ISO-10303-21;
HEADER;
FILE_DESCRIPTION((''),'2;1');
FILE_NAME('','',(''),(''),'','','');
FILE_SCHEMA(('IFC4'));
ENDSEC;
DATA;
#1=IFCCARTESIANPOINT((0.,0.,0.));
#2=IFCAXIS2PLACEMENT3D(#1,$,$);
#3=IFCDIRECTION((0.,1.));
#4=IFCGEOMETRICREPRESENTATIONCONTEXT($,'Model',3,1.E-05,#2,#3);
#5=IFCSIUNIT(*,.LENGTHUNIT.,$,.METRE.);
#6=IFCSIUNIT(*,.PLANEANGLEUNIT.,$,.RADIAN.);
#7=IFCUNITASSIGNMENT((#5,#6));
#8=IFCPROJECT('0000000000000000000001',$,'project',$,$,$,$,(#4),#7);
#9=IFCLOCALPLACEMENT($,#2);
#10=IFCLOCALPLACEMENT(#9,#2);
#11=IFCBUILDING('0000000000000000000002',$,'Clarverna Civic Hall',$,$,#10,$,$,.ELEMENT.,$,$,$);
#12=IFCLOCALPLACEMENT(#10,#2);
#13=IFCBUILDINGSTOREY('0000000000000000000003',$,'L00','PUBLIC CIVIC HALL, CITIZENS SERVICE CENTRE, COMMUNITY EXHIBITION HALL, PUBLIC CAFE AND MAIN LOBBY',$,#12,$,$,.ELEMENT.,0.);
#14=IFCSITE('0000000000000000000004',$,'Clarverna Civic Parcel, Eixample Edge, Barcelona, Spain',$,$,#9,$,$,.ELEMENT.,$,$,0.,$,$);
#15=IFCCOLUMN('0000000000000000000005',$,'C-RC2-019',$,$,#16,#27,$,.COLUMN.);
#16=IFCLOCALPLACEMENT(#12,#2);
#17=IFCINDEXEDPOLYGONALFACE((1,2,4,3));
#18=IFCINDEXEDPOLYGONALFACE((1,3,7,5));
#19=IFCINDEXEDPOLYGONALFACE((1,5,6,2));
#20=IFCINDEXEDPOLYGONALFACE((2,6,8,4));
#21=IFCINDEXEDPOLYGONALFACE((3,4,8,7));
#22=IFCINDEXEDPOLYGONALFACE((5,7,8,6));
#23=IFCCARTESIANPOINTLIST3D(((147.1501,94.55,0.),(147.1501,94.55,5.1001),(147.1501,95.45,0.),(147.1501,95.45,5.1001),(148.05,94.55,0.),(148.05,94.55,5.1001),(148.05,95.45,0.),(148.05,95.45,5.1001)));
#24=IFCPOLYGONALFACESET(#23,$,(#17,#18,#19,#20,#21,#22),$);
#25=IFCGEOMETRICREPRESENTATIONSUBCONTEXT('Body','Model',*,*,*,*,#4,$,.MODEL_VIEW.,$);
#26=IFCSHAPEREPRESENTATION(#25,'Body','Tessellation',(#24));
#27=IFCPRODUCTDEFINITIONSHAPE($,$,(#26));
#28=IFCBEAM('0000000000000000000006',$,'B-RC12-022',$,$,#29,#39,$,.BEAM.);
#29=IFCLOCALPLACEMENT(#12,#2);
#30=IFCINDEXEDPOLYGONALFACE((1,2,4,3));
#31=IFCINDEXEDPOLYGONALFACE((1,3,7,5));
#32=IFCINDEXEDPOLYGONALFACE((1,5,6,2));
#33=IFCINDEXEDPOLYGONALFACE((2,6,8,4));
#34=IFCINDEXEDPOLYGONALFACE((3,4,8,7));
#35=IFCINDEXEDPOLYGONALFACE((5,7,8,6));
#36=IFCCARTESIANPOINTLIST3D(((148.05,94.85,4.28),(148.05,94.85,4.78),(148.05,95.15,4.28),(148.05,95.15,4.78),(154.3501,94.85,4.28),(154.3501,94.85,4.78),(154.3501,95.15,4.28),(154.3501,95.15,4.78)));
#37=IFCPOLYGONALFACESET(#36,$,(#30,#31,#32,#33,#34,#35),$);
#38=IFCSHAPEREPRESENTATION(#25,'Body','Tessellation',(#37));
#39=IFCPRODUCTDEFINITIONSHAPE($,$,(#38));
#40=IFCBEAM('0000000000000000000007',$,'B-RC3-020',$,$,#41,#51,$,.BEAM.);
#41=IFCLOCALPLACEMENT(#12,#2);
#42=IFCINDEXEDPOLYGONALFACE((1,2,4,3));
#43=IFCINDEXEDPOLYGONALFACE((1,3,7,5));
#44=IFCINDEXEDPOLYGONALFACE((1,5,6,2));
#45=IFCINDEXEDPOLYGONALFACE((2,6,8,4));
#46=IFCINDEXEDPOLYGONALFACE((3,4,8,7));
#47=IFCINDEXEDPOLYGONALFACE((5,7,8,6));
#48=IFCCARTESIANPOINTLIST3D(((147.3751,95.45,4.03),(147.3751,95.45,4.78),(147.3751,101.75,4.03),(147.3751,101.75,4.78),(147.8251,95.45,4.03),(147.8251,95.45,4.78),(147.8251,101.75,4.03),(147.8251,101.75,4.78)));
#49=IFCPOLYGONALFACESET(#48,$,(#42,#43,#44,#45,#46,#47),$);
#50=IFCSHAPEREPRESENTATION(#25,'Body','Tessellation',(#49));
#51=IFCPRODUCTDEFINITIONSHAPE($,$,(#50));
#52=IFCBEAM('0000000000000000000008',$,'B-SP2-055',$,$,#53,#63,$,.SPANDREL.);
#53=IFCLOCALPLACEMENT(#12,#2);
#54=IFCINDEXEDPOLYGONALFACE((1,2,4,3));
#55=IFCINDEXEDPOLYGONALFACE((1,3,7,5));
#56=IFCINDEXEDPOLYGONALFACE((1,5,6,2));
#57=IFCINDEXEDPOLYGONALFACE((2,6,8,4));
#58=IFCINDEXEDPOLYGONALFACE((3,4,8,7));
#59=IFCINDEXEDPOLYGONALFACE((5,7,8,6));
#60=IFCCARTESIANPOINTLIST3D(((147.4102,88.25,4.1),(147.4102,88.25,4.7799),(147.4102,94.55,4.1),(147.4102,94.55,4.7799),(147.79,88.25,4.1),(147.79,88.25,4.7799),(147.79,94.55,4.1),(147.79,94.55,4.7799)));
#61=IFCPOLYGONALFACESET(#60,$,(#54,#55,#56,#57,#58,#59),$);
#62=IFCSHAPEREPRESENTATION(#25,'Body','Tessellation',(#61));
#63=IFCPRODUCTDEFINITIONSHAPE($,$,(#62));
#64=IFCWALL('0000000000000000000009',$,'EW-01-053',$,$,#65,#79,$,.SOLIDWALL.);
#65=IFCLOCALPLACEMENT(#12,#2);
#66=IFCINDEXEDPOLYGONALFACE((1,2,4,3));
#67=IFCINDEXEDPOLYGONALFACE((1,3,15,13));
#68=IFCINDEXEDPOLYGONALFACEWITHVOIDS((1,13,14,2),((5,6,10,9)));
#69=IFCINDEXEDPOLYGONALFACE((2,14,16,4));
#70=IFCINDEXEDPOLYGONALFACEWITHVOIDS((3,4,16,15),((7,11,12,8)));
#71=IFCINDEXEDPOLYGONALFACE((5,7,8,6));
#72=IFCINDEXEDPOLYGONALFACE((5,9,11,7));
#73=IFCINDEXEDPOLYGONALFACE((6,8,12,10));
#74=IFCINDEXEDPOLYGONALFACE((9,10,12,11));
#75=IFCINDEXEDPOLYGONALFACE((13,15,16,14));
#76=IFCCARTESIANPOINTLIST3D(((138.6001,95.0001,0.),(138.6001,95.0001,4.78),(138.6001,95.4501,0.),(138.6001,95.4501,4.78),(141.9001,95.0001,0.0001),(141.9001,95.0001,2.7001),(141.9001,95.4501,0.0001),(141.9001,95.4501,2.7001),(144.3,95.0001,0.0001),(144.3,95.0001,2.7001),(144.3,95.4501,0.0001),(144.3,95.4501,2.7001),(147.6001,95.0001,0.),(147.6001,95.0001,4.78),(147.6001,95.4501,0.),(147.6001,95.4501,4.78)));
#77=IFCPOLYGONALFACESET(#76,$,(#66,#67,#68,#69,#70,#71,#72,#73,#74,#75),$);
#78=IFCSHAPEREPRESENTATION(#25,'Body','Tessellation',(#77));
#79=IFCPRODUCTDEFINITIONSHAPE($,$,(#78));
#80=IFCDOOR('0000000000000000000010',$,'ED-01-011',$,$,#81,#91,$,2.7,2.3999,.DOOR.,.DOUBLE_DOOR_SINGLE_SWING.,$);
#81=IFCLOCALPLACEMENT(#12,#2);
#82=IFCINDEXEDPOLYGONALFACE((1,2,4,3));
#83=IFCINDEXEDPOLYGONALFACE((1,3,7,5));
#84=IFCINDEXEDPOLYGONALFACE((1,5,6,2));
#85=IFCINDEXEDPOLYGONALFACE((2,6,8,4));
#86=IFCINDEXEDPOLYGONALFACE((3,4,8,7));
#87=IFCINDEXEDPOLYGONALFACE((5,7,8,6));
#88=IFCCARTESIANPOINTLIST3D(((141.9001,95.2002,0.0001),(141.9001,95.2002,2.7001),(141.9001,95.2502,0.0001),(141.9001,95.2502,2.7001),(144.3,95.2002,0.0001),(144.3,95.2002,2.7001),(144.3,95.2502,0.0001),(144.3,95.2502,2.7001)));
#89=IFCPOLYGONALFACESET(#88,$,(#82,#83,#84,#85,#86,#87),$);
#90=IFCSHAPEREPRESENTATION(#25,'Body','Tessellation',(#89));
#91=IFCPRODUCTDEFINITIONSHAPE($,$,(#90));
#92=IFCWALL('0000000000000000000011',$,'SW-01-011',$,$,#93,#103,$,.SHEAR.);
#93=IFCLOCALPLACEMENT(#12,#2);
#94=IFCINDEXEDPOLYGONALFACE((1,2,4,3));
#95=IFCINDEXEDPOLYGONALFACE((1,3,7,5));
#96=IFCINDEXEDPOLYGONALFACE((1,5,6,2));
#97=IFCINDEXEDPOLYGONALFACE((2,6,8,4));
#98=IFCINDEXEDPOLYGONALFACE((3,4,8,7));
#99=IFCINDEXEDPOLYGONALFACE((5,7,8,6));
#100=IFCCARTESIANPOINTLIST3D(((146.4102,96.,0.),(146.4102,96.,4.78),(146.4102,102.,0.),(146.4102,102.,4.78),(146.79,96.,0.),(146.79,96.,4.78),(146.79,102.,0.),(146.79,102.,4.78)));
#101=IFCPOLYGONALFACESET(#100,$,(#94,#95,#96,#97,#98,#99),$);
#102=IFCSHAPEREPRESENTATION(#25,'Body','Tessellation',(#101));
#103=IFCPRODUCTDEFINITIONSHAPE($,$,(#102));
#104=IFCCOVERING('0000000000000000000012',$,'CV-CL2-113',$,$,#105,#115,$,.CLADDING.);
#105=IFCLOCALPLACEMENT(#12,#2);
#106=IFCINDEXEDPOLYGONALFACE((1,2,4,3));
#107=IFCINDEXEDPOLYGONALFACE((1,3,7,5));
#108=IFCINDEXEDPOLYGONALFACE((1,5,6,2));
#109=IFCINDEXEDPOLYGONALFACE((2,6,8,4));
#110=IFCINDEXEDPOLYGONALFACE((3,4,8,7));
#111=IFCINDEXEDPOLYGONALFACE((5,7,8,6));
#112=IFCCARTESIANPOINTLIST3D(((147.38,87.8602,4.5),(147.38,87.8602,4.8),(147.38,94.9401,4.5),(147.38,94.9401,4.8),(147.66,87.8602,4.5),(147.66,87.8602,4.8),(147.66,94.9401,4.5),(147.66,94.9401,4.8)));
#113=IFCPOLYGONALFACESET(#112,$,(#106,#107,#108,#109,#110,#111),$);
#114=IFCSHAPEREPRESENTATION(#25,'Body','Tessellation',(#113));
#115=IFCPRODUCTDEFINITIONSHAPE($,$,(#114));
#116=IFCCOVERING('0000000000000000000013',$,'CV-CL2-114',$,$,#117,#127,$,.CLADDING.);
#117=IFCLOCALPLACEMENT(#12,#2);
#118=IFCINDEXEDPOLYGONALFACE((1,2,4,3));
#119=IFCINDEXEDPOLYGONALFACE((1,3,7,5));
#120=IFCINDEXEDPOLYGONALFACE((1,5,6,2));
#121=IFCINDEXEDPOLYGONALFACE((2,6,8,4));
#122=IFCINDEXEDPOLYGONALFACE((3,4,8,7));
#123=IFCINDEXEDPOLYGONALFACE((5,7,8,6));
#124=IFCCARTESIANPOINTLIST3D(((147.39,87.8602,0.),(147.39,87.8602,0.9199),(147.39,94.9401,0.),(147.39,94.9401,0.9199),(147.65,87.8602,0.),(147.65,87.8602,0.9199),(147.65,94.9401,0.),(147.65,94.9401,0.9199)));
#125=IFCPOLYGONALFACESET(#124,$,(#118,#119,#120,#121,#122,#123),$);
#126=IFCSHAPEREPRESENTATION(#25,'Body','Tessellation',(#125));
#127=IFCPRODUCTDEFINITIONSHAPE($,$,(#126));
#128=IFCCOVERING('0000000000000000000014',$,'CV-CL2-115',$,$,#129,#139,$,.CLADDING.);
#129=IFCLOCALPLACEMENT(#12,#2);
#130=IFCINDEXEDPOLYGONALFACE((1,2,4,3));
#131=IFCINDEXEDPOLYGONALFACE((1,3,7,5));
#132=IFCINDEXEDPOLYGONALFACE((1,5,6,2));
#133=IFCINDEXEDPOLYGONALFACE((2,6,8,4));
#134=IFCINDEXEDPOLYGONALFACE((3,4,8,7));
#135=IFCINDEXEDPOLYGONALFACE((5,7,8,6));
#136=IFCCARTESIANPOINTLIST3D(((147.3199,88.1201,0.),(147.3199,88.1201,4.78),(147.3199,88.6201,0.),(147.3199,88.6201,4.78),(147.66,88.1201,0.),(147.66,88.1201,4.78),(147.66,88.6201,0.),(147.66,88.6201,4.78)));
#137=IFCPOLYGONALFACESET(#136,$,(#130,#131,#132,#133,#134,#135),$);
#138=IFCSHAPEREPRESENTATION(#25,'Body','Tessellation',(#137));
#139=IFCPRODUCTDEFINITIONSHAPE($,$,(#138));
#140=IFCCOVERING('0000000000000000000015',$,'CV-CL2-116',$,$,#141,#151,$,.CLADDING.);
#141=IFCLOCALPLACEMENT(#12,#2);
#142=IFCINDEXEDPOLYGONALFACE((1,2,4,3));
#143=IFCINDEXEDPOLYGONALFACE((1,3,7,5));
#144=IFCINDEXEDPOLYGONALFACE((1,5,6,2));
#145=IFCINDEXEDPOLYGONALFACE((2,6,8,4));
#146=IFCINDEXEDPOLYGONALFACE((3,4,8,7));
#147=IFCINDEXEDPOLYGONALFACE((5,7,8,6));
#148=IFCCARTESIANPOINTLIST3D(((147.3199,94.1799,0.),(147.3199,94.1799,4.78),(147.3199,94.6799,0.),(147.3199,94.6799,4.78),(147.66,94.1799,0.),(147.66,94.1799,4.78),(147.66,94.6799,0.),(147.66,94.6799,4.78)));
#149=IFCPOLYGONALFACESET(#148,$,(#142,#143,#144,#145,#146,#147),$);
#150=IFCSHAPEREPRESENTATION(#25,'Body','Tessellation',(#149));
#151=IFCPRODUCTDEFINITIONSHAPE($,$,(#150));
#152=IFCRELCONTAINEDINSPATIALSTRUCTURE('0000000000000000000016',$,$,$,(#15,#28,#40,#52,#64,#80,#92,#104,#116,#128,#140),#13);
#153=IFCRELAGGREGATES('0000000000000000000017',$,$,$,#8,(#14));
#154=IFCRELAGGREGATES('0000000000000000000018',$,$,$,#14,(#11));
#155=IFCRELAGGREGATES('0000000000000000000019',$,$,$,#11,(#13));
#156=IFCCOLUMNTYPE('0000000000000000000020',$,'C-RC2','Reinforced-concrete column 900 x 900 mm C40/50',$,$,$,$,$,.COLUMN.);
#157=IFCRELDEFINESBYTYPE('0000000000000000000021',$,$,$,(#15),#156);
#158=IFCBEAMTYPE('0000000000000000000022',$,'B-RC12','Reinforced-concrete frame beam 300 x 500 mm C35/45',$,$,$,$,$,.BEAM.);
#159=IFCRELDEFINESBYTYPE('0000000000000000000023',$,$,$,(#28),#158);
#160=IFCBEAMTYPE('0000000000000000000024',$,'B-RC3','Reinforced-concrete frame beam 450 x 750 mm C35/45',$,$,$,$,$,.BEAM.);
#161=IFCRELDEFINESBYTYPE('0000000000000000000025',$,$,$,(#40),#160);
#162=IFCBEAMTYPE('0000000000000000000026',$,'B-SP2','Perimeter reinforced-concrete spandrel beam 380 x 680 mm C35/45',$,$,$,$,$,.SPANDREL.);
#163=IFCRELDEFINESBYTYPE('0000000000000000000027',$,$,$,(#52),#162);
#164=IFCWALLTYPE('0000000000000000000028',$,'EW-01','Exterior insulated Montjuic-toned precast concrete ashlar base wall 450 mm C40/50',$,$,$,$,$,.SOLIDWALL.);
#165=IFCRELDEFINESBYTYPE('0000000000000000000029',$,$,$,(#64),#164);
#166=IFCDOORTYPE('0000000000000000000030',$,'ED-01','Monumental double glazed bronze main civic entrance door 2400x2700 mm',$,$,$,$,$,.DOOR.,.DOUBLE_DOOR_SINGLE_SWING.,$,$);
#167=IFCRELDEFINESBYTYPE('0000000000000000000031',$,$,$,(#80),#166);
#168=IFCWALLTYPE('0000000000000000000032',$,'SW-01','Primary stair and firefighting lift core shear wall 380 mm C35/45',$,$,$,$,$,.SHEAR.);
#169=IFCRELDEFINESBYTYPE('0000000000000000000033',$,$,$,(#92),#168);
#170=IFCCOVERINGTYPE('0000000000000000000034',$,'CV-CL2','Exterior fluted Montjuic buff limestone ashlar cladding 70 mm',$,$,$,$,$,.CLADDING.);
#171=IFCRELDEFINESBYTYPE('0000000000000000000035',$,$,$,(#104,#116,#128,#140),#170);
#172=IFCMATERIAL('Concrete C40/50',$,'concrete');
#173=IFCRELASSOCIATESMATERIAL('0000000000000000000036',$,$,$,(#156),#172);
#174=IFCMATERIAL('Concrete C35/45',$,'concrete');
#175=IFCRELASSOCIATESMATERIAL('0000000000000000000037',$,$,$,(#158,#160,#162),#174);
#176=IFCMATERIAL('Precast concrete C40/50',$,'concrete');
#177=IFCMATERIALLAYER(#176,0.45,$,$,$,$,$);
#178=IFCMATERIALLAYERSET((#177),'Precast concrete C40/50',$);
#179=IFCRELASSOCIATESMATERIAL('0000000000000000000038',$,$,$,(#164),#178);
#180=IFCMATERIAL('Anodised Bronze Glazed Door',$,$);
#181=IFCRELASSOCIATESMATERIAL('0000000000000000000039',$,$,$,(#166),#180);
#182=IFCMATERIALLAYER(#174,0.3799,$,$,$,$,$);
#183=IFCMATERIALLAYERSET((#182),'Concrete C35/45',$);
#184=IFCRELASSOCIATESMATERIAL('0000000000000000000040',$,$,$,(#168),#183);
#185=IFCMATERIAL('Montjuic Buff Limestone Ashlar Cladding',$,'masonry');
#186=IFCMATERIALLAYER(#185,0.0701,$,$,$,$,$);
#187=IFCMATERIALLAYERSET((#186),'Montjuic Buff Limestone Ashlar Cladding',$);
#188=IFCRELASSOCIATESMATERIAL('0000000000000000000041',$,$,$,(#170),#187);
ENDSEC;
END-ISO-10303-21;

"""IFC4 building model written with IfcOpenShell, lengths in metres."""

from ifc_helpers import new_model, si_unit, direction, frame, frame_2d, origin, origin_2d, place, context, subcontext, project, spatial, rectangle, extrude, material, layer, layer_set, material_profile, profile_set, type_object, element, fill, save


model = new_model("IFC4")

# Units and contexts
model_context = context("Model", 3, precision=1e-05, world=origin(), true_north=direction((0.0, 1.0)))
body_context = subcontext(model_context, "Body", "Model", "MODEL_VIEW")
ifc_project = project(units=[si_unit("LENGTHUNIT", "METRE"), si_unit("PLANEANGLEUNIT", "RADIAN")], contexts=[model_context])

# Site, building, storey
site_placement = place(None, origin())
site = spatial("IfcSite", under=ifc_project, at=site_placement, Name="Clarverna Civic Parcel, Eixample Edge, Barcelona, Spain", CompositionType="ELEMENT", RefElevation=0.0)
building_placement = place(site_placement, origin())
building = spatial("IfcBuilding", under=site, at=building_placement, Name="Clarverna Civic Hall", CompositionType="ELEMENT")
storey_placement = place(building_placement, origin())
storey = spatial("IfcBuildingStorey", under=building, at=storey_placement, Name="L00", Description="PUBLIC CIVIC HALL, CITIZENS SERVICE CENTRE, COMMUNITY EXHIBITION HALL, PUBLIC CAFE AND MAIN LOBBY", CompositionType="ELEMENT", Elevation=0.0)

# Column
ifc_material_1 = material(Name="Concrete C40/50", Category="concrete")
ifc_material_profile_1 = material_profile(ifc_material_1, rectangle(XDim=0.8999, YDim=0.8999, at=origin_2d()), Name="RC 900x900")
ifc_profile_set_1 = profile_set([ifc_material_profile_1], Name="Concrete C40/50")
column_type = type_object("IfcColumnType", Name="C-RC2", Description="Reinforced-concrete column 900 x 900 mm C40/50", PredefinedType="COLUMN", material=ifc_profile_set_1)
column_placement = place(storey_placement, frame((147.6001, 95.0, 0.0), z_axis=(0.0, 0.0, 1.0), x_axis=(1.0, 0.0, 0.0)))
element("IfcColumn", 1, at=column_placement, inside=storey, type_object=column_type, Name="C-RC2-019", PredefinedType="COLUMN", context=body_context, shape_type="SweptSolid", body=[
    extrude(rectangle(XDim=0.8999, YDim=0.8999, at=origin_2d()), origin(), (0.0, 0.0, 1.0), 5.1001),
])

# Beams
ifc_material_2 = material(Name="Concrete C35/45", Category="concrete")
ifc_material_profile_2 = material_profile(ifc_material_2, rectangle(XDim=0.3, YDim=0.5, at=origin_2d()), Name="RC 300x500")
ifc_profile_set_2 = profile_set([ifc_material_profile_2], Name="Concrete C35/45")
beam_type_1 = type_object("IfcBeamType", Name="B-RC12", Description="Reinforced-concrete frame beam 300 x 500 mm C35/45", PredefinedType="BEAM", material=ifc_profile_set_2)
beam_1_placement = place(storey_placement, frame((148.05, 95.0, 4.53), z_axis=(1.0, 0.0, 0.0), x_axis=(0.0, 1.0, 0.0)))
element("IfcBeam", 2, at=beam_1_placement, inside=storey, type_object=beam_type_1, Name="B-RC12-022", PredefinedType="BEAM", context=body_context, shape_type="SweptSolid", body=[
    extrude(rectangle(XDim=0.3, YDim=0.5, at=origin_2d()), origin(), (0.0, 0.0, 1.0), 6.3),
])
ifc_material_profile_3 = material_profile(ifc_material_2, rectangle(XDim=0.45, YDim=0.75, at=origin_2d()), Name="RC 450x750")
ifc_profile_set_3 = profile_set([ifc_material_profile_3], Name="Concrete C35/45")
beam_type_2 = type_object("IfcBeamType", Name="B-RC3", Description="Reinforced-concrete frame beam 450 x 750 mm C35/45", PredefinedType="BEAM", material=ifc_profile_set_3)
beam_2_placement = place(storey_placement, frame((147.6001, 95.45, 4.405), z_axis=(0.0, 1.0, 0.0), x_axis=(-1.0, 0.0, 0.0)))
element("IfcBeam", 3, at=beam_2_placement, inside=storey, type_object=beam_type_2, Name="B-RC3-020", PredefinedType="BEAM", context=body_context, shape_type="SweptSolid", body=[
    extrude(rectangle(XDim=0.45, YDim=0.75, at=origin_2d()), origin(), (0.0, 0.0, 1.0), 6.3),
])
ifc_material_profile_4 = material_profile(ifc_material_2, rectangle(XDim=0.3799, YDim=0.6799, at=origin_2d()), Name="RC 380x680")
ifc_profile_set_4 = profile_set([ifc_material_profile_4], Name="Concrete C35/45")
beam_type_3 = type_object("IfcBeamType", Name="B-SP2", Description="Perimeter reinforced-concrete spandrel beam 380 x 680 mm C35/45", PredefinedType="SPANDREL", material=ifc_profile_set_4)
beam_3_placement = place(storey_placement, frame((147.6001, 88.25, 4.4399), z_axis=(0.0, 1.0, 0.0), x_axis=(-1.0, 0.0, 0.0)))
element("IfcBeam", 4, at=beam_3_placement, inside=storey, type_object=beam_type_3, Name="B-SP2-055", PredefinedType="SPANDREL", context=body_context, shape_type="SweptSolid", body=[
    extrude(rectangle(XDim=0.3799, YDim=0.6799, at=origin_2d()), origin(), (0.0, 0.0, 1.0), 6.3),
])

# Wall, opening, door
ifc_material_3 = material(Name="Precast concrete C40/50", Category="concrete")
ifc_layer_1 = layer(ifc_material_3, 0.45)
ifc_layer_set_1 = layer_set([ifc_layer_1], Name="Precast concrete C40/50")
wall_type_1 = type_object("IfcWallType", Name="EW-01", Description="Exterior insulated Montjuic-toned precast concrete ashlar base wall 450 mm C40/50", PredefinedType="SOLIDWALL", material=ifc_layer_set_1)
wall_1_placement = place(storey_placement, frame((147.6001, 95.2251, 0.0), z_axis=(0.0, 0.0, 1.0), x_axis=(-1.0, 0.0, 0.0)))
wall_1 = element("IfcWall", 5, at=wall_1_placement, inside=storey, type_object=wall_type_1, Name="EW-01-053", PredefinedType="SOLIDWALL", context=body_context, shape_type="SweptSolid", body=[
    extrude(rectangle(XDim=9.0, YDim=0.45, at=frame_2d((4.5, 0.0))), origin(), (0.0, 0.0, 1.0), 4.78),
])
opening_placement = place(wall_1_placement, frame((3.3, 0.0, 0.0)))
opening = element("IfcOpeningElement", 6, at=opening_placement, cuts=wall_1, PredefinedType="OPENING", context=body_context, shape_type="SweptSolid", body=[
    extrude(rectangle(XDim=2.3999, YDim=2.7, at=frame_2d((1.2, 1.3501))), frame((0.0, 0.2349, 0.0), z_axis=(0.0, -1.0, 0.0), x_axis=(1.0, 0.0, 0.0)), (0.0, 0.0, 1.0), 0.47),
])
ifc_material_4 = material(Name="Anodised Bronze Glazed Door")
door_type = type_object("IfcDoorType", Name="ED-01", Description="Monumental double glazed bronze main civic entrance door 2400x2700 mm", OperationType="DOUBLE_DOOR_SINGLE_SWING", PredefinedType="DOOR", material=ifc_material_4)
door_placement = place(opening_placement, origin())
door = element("IfcDoor", 7, at=door_placement, inside=storey, type_object=door_type, Name="ED-01-011", OperationType="DOUBLE_DOOR_SINGLE_SWING", OverallHeight=2.7, OverallWidth=2.3999, PredefinedType="DOOR", context=body_context, shape_type="SweptSolid", body=[
    extrude(rectangle(XDim=2.3999, YDim=2.7, at=frame_2d((1.2, 1.3501))), frame((0.0, 0.0249, 0.0), z_axis=(0.0, -1.0, 0.0), x_axis=(1.0, 0.0, 0.0)), (0.0, 0.0, 1.0), 0.05),
])
fill(opening, door)

# Wall
ifc_layer_2 = layer(ifc_material_2, 0.3799)
ifc_layer_set_2 = layer_set([ifc_layer_2], Name="Concrete C35/45")
wall_type_2 = type_object("IfcWallType", Name="SW-01", Description="Primary stair and firefighting lift core shear wall 380 mm C35/45", PredefinedType="SHEAR", material=ifc_layer_set_2)
wall_2_placement = place(storey_placement, frame((146.6001, 96.0, 0.0), z_axis=(0.0, 0.0, 1.0), x_axis=(0.0, 1.0, 0.0)))
element("IfcWall", 8, at=wall_2_placement, inside=storey, type_object=wall_type_2, Name="SW-01-011", PredefinedType="SHEAR", context=body_context, shape_type="SweptSolid", body=[
    extrude(rectangle(XDim=6.0, YDim=0.3799, at=frame_2d((3.0, 0.0))), origin(), (0.0, 0.0, 1.0), 4.78),
])

# Coverings
ifc_material_5 = material(Name="Montjuic Buff Limestone Ashlar Cladding", Category="masonry")
ifc_layer_3 = layer(ifc_material_5, 0.0701)
ifc_layer_set_3 = layer_set([ifc_layer_3], Name="Montjuic Buff Limestone Ashlar Cladding")
covering_type = type_object("IfcCoveringType", Name="CV-CL2", Description="Exterior fluted Montjuic buff limestone ashlar cladding 70 mm", PredefinedType="CLADDING", material=ifc_layer_set_3)
covering_1_placement = place(storey_placement, frame((147.52, 87.8601, 4.5), z_axis=(0.0, 0.0, 1.0), x_axis=(0.0, 1.0, 0.0)))
element("IfcCovering", 9, at=covering_1_placement, inside=storey, type_object=covering_type, Name="CV-CL2-113", PredefinedType="CLADDING", context=body_context, shape_type="SweptSolid", body=[
    extrude(rectangle(XDim=7.0798, YDim=0.28, at=frame_2d((3.54, 0.0))), origin(), (0.0, 0.0, 1.0), 0.3),
])
covering_2_placement = place(storey_placement, frame((147.52, 87.8601, 0.0), z_axis=(0.0, 0.0, 1.0), x_axis=(0.0, 1.0, 0.0)))
element("IfcCovering", 10, at=covering_2_placement, inside=storey, type_object=covering_type, Name="CV-CL2-114", PredefinedType="CLADDING", context=body_context, shape_type="SweptSolid", body=[
    extrude(rectangle(XDim=7.0798, YDim=0.26, at=frame_2d((3.54, 0.0))), origin(), (0.0, 0.0, 1.0), 0.9199),
])
for number, where, z_axis, x_axis, name in (
    (11, (147.49, 88.1201, 0.0), (0.0, 0.0, 1.0), (0.0, 1.0, 0.0), "CV-CL2-115"),
    (12, (147.49, 94.1799, 0.0), (0.0, 0.0, 1.0), (0.0, 1.0, 0.0), "CV-CL2-116"),
):
    element("IfcCovering", number, at=place(storey_placement, frame(where, z_axis=z_axis, x_axis=x_axis)), inside=storey, type_object=covering_type, Name=name, PredefinedType="CLADDING", context=body_context, shape_type="SweptSolid", body=[
        extrude(rectangle(XDim=0.5, YDim=0.3401, at=frame_2d((0.25, 0.0))), origin(), (0.0, 0.0, 1.0), 4.78),
    ])

save(model, "model.ifc")
